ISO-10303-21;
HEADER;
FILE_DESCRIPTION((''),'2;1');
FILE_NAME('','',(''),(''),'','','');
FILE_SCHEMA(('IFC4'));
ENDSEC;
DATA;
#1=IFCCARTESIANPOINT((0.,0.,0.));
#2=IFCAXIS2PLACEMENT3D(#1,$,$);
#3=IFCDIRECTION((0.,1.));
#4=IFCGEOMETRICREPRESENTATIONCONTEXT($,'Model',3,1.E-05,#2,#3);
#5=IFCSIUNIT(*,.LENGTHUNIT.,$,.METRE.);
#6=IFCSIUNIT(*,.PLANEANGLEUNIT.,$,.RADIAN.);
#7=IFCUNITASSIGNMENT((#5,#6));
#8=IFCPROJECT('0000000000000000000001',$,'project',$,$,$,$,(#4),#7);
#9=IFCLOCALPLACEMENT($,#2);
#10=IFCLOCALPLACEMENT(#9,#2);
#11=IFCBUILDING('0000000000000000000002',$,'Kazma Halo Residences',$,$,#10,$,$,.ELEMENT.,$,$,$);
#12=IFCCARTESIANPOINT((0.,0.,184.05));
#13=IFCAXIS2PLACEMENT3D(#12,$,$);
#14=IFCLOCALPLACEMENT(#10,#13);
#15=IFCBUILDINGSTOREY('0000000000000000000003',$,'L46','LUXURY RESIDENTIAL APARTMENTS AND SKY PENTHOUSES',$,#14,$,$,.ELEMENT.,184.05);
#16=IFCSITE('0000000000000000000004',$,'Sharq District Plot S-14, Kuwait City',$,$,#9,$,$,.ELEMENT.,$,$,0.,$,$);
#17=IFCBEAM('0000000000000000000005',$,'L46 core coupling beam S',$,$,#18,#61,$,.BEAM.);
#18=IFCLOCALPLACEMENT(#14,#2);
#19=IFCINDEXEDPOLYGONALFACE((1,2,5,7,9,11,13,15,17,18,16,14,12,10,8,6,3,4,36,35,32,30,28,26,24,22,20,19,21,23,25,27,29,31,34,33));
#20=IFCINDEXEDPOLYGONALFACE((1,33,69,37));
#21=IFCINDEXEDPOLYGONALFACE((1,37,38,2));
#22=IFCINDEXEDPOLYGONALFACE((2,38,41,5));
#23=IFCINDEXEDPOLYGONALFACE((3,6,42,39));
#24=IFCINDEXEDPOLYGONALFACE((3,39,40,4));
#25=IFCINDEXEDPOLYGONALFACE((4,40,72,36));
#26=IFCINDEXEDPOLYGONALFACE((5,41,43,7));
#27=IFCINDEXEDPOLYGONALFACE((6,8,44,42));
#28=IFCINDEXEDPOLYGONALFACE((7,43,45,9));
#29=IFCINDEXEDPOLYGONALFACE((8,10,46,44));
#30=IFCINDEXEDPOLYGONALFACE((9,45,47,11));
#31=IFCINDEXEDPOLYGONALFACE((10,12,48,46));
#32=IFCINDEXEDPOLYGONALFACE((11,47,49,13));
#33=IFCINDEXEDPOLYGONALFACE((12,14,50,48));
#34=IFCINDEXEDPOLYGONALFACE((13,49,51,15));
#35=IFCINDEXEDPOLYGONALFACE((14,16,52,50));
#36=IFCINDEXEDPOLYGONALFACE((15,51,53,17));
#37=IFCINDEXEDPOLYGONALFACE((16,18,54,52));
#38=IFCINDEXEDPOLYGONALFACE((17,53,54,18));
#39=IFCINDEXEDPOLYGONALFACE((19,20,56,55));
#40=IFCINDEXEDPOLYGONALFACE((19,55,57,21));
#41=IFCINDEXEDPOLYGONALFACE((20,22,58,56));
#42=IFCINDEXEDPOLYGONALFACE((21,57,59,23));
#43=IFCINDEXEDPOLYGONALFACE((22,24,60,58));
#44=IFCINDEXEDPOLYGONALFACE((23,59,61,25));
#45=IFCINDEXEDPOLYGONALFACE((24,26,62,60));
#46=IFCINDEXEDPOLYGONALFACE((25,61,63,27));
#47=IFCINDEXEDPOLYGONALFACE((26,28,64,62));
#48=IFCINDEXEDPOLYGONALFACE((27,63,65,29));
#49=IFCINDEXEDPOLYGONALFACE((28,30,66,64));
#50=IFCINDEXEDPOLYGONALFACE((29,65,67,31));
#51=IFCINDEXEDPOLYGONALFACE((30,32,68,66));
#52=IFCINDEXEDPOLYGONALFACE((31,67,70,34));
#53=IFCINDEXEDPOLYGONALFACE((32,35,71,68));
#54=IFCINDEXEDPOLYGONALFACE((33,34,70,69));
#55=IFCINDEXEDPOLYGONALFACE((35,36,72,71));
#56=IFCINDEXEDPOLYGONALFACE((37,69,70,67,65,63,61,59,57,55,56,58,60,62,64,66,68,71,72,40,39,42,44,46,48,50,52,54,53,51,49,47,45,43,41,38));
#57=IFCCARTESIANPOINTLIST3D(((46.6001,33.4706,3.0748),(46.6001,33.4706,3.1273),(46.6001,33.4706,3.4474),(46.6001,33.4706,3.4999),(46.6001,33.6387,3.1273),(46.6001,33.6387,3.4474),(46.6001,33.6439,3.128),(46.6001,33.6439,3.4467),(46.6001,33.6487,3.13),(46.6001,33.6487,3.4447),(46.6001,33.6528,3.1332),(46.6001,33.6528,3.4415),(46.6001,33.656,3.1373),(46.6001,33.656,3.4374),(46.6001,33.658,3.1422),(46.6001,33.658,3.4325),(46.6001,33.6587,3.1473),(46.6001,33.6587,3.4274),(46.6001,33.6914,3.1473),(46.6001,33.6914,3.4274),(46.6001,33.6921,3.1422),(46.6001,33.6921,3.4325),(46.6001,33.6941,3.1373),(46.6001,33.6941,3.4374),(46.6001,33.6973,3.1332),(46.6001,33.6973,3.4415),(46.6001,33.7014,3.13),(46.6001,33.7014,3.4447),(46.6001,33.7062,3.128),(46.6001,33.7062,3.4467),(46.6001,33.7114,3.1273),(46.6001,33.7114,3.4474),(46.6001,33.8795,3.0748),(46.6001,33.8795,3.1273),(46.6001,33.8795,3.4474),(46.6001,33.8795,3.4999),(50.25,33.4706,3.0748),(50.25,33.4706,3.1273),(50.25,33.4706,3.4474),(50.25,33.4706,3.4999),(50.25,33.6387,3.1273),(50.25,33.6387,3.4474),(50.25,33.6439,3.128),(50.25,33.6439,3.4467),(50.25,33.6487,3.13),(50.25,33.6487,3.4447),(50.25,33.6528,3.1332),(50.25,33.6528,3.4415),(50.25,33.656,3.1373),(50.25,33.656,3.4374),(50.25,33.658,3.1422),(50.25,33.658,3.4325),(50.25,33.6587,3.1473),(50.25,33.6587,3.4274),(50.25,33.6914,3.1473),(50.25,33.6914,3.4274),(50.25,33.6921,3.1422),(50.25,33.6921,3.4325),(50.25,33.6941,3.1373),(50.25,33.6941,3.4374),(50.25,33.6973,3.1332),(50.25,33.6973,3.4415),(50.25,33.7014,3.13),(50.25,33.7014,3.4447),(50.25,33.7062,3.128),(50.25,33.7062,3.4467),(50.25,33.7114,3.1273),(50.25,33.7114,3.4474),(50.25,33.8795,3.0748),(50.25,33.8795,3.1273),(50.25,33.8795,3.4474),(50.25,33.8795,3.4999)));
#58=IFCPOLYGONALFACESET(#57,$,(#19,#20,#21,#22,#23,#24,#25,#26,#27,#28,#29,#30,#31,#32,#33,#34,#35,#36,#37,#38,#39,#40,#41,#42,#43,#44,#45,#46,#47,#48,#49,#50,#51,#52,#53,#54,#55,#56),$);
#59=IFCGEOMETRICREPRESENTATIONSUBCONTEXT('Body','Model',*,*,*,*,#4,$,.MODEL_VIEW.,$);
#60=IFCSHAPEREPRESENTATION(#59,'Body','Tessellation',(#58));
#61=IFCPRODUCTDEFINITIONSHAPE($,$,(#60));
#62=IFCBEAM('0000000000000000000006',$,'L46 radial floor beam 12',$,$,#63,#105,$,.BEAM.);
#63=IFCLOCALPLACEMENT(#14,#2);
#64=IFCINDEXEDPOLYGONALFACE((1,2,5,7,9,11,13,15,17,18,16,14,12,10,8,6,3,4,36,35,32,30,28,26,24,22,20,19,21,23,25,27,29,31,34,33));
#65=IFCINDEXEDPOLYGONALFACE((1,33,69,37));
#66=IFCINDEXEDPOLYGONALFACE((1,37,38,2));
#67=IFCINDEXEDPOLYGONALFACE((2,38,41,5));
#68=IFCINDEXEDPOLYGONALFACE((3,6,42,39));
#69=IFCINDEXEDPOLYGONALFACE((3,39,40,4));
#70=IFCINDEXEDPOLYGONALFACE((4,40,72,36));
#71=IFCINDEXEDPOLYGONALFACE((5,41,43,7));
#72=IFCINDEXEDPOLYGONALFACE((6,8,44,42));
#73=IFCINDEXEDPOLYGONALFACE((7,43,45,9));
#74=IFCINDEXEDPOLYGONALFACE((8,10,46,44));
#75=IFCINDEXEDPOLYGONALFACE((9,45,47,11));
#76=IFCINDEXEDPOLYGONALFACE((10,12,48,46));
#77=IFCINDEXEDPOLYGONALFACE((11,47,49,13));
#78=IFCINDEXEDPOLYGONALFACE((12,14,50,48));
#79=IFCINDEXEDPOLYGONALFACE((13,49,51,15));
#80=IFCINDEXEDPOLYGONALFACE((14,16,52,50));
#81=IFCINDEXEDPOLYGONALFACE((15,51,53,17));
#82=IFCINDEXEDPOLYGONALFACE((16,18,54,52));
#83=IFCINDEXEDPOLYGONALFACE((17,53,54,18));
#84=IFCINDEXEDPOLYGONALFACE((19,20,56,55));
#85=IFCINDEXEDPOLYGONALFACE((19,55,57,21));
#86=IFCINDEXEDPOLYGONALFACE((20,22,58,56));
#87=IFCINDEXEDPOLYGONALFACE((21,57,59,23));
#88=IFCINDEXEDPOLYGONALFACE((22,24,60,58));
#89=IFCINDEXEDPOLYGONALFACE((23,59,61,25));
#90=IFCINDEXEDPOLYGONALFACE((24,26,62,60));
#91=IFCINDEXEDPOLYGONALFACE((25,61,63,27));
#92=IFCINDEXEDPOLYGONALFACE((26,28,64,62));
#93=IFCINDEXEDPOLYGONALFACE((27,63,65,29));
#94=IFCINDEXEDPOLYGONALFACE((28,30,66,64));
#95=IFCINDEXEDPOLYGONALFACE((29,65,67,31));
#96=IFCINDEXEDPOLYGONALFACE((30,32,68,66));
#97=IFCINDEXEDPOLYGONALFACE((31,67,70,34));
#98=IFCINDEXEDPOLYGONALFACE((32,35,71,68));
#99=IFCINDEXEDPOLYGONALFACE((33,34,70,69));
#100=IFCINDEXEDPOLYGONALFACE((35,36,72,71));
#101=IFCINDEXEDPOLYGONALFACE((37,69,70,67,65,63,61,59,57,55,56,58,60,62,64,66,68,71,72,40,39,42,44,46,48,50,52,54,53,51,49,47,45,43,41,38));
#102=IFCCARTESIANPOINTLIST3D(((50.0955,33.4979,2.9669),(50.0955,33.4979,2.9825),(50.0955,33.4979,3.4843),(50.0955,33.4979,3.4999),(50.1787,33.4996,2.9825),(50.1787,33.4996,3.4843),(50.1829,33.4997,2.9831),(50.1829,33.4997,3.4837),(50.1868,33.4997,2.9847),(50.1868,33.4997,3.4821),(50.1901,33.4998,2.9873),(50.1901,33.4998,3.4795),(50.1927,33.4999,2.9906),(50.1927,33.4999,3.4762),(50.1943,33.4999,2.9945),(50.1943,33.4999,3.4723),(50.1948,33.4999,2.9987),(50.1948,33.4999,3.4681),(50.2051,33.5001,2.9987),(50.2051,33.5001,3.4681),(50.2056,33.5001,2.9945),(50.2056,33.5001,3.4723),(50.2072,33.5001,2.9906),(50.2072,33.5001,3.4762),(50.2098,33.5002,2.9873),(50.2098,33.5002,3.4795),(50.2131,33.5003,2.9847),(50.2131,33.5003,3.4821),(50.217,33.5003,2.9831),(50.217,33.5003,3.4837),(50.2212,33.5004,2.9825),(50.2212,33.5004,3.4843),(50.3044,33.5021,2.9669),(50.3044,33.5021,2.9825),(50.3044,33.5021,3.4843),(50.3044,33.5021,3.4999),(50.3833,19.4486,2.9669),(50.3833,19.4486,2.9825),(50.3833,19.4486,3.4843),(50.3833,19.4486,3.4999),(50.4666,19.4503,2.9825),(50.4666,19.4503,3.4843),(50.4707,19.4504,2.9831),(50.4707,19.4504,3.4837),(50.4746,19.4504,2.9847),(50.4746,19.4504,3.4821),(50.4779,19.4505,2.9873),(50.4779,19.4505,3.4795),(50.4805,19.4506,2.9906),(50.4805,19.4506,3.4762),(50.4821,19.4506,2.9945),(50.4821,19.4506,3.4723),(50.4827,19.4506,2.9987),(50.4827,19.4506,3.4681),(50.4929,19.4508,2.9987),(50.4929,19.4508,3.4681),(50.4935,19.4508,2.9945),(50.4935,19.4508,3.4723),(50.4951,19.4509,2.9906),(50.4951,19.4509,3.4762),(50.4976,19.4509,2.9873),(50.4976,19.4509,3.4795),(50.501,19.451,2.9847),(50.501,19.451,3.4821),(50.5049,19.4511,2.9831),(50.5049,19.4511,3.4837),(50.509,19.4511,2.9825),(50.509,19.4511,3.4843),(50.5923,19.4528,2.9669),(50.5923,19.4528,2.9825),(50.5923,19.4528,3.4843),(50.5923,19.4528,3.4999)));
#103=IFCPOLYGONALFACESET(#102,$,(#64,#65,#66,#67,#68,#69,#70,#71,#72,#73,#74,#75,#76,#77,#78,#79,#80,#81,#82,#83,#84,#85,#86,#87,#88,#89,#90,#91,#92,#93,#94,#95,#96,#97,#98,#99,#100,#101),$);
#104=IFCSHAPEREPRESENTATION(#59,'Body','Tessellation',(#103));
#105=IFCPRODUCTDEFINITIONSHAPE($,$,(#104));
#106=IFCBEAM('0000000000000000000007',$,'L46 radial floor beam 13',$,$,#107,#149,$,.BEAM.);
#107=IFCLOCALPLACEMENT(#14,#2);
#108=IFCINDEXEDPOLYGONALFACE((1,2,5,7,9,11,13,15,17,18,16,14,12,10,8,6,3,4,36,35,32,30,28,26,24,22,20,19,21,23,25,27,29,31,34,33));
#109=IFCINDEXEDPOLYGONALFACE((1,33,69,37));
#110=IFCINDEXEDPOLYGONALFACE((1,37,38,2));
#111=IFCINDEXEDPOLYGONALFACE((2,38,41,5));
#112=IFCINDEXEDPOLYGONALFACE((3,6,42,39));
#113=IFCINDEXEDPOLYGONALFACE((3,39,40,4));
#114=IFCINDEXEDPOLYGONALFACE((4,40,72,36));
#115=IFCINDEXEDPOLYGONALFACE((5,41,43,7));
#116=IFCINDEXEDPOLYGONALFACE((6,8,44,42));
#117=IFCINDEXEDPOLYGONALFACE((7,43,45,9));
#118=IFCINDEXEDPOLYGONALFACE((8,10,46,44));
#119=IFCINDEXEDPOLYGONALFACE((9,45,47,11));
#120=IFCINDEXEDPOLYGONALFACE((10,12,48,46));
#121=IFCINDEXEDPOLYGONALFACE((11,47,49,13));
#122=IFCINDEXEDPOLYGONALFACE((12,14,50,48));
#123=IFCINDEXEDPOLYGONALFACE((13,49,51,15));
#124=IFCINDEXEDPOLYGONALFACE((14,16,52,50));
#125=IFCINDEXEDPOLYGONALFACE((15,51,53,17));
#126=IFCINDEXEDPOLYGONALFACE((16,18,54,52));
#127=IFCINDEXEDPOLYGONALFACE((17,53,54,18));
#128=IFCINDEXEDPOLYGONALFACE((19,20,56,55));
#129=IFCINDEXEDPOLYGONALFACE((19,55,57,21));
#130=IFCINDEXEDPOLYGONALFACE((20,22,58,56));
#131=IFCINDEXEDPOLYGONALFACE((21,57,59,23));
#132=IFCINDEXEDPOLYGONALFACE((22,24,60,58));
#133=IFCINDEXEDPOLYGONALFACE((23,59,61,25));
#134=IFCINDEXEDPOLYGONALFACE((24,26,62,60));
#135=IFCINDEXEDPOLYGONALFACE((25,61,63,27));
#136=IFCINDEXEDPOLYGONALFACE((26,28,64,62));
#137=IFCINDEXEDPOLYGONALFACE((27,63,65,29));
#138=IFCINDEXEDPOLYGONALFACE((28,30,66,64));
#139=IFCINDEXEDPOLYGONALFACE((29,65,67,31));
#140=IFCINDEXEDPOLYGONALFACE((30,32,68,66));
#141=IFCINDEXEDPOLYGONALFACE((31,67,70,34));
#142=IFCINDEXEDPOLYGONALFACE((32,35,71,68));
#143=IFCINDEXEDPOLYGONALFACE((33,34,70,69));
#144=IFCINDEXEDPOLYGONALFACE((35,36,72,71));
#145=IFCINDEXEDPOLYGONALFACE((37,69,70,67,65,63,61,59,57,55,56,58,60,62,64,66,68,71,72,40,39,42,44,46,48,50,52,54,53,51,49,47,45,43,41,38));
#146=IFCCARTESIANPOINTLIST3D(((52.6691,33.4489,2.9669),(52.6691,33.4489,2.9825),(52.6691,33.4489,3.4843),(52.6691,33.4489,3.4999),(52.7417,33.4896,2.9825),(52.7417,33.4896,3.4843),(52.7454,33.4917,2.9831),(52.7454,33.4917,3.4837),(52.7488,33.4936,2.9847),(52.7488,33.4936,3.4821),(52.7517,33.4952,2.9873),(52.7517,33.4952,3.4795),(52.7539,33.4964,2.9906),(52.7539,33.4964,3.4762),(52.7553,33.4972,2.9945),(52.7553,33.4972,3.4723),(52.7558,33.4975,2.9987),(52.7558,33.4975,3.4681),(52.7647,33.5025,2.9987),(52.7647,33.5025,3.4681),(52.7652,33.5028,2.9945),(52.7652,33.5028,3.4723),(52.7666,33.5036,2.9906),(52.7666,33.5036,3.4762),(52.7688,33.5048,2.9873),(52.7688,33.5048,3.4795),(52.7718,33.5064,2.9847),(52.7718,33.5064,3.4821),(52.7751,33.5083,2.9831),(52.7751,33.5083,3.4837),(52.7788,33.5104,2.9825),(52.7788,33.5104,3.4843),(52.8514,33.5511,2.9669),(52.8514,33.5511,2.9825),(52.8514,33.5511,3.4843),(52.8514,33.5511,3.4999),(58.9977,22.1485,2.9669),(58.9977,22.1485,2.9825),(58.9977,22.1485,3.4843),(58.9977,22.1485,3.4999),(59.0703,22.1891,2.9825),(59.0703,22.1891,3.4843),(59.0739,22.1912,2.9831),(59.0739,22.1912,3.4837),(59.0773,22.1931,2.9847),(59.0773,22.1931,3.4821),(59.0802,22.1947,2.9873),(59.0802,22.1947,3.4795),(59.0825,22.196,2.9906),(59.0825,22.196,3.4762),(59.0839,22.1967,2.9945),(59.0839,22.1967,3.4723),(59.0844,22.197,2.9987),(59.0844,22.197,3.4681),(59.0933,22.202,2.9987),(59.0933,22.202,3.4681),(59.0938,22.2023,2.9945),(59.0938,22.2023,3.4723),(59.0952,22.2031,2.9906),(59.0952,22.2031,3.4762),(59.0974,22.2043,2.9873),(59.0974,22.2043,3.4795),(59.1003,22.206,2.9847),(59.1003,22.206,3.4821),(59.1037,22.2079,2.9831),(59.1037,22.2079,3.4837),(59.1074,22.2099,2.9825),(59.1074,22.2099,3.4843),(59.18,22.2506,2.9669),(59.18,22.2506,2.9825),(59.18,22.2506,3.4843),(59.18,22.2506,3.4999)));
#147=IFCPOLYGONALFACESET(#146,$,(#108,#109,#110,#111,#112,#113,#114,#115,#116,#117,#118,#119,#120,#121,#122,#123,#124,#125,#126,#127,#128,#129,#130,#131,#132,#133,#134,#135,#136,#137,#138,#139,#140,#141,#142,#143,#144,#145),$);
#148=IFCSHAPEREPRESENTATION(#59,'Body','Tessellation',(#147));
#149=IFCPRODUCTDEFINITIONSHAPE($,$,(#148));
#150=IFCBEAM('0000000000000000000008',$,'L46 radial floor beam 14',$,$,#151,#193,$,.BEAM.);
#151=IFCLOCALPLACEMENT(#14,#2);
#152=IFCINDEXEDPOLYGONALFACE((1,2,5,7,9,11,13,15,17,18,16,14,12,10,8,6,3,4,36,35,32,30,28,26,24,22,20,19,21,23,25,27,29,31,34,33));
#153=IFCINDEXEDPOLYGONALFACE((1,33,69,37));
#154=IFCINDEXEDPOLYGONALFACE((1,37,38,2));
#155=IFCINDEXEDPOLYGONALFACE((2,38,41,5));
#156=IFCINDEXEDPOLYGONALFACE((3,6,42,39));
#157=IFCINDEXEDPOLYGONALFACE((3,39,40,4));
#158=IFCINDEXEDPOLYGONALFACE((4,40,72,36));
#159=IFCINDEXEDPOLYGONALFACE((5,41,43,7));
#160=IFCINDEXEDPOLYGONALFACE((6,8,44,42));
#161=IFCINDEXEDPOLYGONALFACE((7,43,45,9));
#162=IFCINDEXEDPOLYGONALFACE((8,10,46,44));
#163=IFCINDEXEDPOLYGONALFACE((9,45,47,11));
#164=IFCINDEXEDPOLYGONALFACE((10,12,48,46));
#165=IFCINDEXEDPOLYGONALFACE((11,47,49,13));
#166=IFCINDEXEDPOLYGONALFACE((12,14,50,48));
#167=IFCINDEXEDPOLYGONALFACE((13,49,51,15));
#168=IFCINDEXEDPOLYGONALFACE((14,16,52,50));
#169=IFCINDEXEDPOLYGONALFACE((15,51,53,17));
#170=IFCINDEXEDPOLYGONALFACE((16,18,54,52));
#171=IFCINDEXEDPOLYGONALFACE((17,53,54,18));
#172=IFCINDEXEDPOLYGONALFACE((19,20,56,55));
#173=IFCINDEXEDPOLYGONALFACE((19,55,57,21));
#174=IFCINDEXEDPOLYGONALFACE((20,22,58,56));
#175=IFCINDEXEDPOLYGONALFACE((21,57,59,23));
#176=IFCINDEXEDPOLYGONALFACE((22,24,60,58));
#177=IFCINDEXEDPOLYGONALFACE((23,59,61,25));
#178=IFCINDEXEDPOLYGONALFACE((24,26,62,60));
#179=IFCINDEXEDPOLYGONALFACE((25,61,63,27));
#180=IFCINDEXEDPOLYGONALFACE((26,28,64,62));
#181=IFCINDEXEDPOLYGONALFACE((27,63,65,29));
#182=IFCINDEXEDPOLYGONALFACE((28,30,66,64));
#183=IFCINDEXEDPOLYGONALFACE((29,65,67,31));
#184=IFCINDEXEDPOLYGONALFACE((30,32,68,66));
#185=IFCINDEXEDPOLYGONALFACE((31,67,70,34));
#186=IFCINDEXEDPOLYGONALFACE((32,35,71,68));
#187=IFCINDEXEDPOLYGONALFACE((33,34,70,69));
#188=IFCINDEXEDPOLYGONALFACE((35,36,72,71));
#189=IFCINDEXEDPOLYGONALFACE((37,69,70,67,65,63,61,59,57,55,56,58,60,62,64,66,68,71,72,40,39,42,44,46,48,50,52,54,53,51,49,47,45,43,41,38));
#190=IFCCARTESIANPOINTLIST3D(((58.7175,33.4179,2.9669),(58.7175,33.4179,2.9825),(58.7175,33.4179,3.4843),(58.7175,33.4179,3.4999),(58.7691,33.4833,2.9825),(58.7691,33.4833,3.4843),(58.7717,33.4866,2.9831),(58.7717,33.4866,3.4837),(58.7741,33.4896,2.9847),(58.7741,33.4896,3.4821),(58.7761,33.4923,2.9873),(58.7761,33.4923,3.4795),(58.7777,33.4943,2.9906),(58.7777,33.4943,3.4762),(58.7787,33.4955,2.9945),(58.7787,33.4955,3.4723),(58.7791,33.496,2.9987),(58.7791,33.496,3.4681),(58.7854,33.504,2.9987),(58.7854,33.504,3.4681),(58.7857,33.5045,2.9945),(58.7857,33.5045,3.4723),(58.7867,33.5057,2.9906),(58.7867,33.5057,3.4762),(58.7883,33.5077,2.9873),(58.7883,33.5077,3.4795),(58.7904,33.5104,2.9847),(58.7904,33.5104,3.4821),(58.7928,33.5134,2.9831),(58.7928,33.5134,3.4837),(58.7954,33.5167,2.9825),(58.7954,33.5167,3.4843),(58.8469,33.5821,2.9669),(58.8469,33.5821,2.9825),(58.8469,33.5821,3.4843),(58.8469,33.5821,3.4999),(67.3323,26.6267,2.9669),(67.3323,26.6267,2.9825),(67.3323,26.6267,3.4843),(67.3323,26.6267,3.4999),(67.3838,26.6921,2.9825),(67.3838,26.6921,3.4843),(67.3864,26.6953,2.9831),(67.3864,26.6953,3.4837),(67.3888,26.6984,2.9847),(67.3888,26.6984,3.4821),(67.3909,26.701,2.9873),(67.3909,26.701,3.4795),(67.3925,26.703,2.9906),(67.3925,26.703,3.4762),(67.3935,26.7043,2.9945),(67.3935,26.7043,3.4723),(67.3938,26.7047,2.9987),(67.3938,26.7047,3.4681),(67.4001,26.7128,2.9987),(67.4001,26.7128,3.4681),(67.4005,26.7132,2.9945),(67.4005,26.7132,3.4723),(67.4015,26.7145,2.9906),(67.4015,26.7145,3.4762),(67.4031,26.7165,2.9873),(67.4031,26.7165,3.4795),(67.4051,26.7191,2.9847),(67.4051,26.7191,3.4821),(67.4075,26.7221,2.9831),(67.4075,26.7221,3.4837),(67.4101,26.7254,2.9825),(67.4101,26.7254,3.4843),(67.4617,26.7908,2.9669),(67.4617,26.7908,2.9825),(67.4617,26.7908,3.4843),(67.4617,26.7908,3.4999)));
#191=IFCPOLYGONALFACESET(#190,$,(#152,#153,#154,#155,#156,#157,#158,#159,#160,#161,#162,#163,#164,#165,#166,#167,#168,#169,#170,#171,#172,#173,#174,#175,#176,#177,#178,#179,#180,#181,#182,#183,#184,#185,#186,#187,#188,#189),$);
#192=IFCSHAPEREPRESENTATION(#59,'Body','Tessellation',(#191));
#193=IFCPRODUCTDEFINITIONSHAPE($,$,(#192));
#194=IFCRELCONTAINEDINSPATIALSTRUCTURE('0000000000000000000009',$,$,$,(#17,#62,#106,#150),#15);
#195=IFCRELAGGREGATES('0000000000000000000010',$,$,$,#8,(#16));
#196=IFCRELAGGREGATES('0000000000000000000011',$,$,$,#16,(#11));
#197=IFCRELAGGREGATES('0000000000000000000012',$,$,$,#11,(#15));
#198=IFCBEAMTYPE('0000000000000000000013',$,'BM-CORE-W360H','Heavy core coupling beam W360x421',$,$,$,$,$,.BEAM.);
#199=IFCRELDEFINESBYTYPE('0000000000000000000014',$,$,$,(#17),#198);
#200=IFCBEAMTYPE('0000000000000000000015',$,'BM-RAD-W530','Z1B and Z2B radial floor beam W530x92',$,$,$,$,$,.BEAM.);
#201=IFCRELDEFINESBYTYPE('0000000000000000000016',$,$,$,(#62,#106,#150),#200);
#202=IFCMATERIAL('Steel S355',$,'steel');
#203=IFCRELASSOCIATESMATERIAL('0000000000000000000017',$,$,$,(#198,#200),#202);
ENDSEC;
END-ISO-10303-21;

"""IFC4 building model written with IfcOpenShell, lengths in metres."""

from ifc_helpers import new_model, si_unit, direction, frame, origin, origin_2d, place, context, subcontext, project, spatial, i_section, extrude, material, material_profile, profile_set, type_object, element, save


model = new_model("IFC4")

# Units and contexts
model_context = context("Model", 3, precision=1e-05, world=origin(), true_north=direction((0.0, 1.0)))
body_context = subcontext(model_context, "Body", "Model", "MODEL_VIEW")
ifc_project = project(units=[si_unit("LENGTHUNIT", "METRE"), si_unit("PLANEANGLEUNIT", "RADIAN")], contexts=[model_context])

# Site, building, storey
site_placement = place(None, origin())
site = spatial("IfcSite", under=ifc_project, at=site_placement, Name="Sharq District Plot S-14, Kuwait City", CompositionType="ELEMENT", RefElevation=0.0)
building_placement = place(site_placement, origin())
building = spatial("IfcBuilding", under=site, at=building_placement, Name="Kazma Halo Residences", CompositionType="ELEMENT")
storey_placement = place(building_placement, frame((0.0, 0.0, 184.05)))
storey = spatial("IfcBuildingStorey", under=building, at=storey_placement, Name="L46", Description="LUXURY RESIDENTIAL APARTMENTS AND SKY PENTHOUSES", CompositionType="ELEMENT", Elevation=184.05)

# Beams
ifc_material_1 = material(Name="Steel S355", Category="steel")
ifc_material_profile_1 = material_profile(ifc_material_1, i_section(OverallWidth=0.4089, OverallDepth=0.425, WebThickness=0.0327, FlangeThickness=0.0525, FilletRadius=0.02, at=origin_2d()), Name="W360x421")
ifc_profile_set_1 = profile_set([ifc_material_profile_1], Name="Steel S355")
beam_type_1 = type_object("IfcBeamType", Name="BM-CORE-W360H", Description="Heavy core coupling beam W360x421", PredefinedType="BEAM", material=ifc_profile_set_1)
beam_1_placement = place(storey_placement, frame((46.6001, 33.675, 3.2874), z_axis=(1.0, 0.0, 0.0), x_axis=(0.0, 1.0, 0.0)))
element("IfcBeam", 1, at=beam_1_placement, inside=storey, type_object=beam_type_1, Name="L46 core coupling beam S", PredefinedType="BEAM", context=body_context, shape_type="SweptSolid", body=[
    extrude(i_section(OverallWidth=0.4089, OverallDepth=0.425, WebThickness=0.0327, FlangeThickness=0.0525, FilletRadius=0.02, at=origin_2d()), origin(), (0.0, 0.0, 1.0), 3.6499),
])
ifc_material_profile_2 = material_profile(ifc_material_1, i_section(OverallWidth=0.209, OverallDepth=0.533, WebThickness=0.0103, FlangeThickness=0.0156, FilletRadius=0.0161, at=origin_2d()), Name="W530x92")
ifc_profile_set_2 = profile_set([ifc_material_profile_2], Name="Steel S355")
beam_type_2 = type_object("IfcBeamType", Name="BM-RAD-W530", Description="Z1B and Z2B radial floor beam W530x92", PredefinedType="BEAM", material=ifc_profile_set_2)
beam_2_placement = place(storey_placement, frame((50.2, 33.5, 3.2334), z_axis=(0.020484, -0.99979, 0.0), x_axis=(0.99979, 0.020484, 0.0)))
element("IfcBeam", 2, at=beam_2_placement, inside=storey, type_object=beam_type_2, Name="L46 radial floor beam 12", PredefinedType="BEAM", context=body_context, shape_type="SweptSolid", body=[
    extrude(i_section(OverallWidth=0.209, OverallDepth=0.533, WebThickness=0.0103, FlangeThickness=0.0156, FilletRadius=0.0161, at=origin_2d()), origin(), (0.0, 0.0, 1.0), 14.0522),
])
beam_3_placement = place(storey_placement, frame((52.7603, 33.5, 3.2334), z_axis=(0.488622, -0.872496, 0.0), x_axis=(0.872496, 0.488622, 0.0)))
element("IfcBeam", 3, at=beam_3_placement, inside=storey, type_object=beam_type_2, Name="L46 radial floor beam 13", PredefinedType="BEAM", context=body_context, shape_type="SweptSolid", body=[
    extrude(i_section(OverallWidth=0.209, OverallDepth=0.533, WebThickness=0.0103, FlangeThickness=0.0156, FilletRadius=0.0161, at=origin_2d()), origin(), (0.0, 0.0, 1.0), 12.9519),
])
beam_4_placement = place(storey_placement, frame((58.7822, 33.5, 3.2334), z_axis=(0.78532, -0.619091, 0.0), x_axis=(0.619091, 0.78532, 0.0)))
element("IfcBeam", 4, at=beam_4_placement, inside=storey, type_object=beam_type_2, Name="L46 radial floor beam 14", PredefinedType="BEAM", context=body_context, shape_type="SweptSolid", body=[
    extrude(i_section(OverallWidth=0.209, OverallDepth=0.533, WebThickness=0.0103, FlangeThickness=0.0156, FilletRadius=0.0161, at=origin_2d()), origin(), (0.0, 0.0, 1.0), 10.9697),
])

save(model, "model.ifc")
